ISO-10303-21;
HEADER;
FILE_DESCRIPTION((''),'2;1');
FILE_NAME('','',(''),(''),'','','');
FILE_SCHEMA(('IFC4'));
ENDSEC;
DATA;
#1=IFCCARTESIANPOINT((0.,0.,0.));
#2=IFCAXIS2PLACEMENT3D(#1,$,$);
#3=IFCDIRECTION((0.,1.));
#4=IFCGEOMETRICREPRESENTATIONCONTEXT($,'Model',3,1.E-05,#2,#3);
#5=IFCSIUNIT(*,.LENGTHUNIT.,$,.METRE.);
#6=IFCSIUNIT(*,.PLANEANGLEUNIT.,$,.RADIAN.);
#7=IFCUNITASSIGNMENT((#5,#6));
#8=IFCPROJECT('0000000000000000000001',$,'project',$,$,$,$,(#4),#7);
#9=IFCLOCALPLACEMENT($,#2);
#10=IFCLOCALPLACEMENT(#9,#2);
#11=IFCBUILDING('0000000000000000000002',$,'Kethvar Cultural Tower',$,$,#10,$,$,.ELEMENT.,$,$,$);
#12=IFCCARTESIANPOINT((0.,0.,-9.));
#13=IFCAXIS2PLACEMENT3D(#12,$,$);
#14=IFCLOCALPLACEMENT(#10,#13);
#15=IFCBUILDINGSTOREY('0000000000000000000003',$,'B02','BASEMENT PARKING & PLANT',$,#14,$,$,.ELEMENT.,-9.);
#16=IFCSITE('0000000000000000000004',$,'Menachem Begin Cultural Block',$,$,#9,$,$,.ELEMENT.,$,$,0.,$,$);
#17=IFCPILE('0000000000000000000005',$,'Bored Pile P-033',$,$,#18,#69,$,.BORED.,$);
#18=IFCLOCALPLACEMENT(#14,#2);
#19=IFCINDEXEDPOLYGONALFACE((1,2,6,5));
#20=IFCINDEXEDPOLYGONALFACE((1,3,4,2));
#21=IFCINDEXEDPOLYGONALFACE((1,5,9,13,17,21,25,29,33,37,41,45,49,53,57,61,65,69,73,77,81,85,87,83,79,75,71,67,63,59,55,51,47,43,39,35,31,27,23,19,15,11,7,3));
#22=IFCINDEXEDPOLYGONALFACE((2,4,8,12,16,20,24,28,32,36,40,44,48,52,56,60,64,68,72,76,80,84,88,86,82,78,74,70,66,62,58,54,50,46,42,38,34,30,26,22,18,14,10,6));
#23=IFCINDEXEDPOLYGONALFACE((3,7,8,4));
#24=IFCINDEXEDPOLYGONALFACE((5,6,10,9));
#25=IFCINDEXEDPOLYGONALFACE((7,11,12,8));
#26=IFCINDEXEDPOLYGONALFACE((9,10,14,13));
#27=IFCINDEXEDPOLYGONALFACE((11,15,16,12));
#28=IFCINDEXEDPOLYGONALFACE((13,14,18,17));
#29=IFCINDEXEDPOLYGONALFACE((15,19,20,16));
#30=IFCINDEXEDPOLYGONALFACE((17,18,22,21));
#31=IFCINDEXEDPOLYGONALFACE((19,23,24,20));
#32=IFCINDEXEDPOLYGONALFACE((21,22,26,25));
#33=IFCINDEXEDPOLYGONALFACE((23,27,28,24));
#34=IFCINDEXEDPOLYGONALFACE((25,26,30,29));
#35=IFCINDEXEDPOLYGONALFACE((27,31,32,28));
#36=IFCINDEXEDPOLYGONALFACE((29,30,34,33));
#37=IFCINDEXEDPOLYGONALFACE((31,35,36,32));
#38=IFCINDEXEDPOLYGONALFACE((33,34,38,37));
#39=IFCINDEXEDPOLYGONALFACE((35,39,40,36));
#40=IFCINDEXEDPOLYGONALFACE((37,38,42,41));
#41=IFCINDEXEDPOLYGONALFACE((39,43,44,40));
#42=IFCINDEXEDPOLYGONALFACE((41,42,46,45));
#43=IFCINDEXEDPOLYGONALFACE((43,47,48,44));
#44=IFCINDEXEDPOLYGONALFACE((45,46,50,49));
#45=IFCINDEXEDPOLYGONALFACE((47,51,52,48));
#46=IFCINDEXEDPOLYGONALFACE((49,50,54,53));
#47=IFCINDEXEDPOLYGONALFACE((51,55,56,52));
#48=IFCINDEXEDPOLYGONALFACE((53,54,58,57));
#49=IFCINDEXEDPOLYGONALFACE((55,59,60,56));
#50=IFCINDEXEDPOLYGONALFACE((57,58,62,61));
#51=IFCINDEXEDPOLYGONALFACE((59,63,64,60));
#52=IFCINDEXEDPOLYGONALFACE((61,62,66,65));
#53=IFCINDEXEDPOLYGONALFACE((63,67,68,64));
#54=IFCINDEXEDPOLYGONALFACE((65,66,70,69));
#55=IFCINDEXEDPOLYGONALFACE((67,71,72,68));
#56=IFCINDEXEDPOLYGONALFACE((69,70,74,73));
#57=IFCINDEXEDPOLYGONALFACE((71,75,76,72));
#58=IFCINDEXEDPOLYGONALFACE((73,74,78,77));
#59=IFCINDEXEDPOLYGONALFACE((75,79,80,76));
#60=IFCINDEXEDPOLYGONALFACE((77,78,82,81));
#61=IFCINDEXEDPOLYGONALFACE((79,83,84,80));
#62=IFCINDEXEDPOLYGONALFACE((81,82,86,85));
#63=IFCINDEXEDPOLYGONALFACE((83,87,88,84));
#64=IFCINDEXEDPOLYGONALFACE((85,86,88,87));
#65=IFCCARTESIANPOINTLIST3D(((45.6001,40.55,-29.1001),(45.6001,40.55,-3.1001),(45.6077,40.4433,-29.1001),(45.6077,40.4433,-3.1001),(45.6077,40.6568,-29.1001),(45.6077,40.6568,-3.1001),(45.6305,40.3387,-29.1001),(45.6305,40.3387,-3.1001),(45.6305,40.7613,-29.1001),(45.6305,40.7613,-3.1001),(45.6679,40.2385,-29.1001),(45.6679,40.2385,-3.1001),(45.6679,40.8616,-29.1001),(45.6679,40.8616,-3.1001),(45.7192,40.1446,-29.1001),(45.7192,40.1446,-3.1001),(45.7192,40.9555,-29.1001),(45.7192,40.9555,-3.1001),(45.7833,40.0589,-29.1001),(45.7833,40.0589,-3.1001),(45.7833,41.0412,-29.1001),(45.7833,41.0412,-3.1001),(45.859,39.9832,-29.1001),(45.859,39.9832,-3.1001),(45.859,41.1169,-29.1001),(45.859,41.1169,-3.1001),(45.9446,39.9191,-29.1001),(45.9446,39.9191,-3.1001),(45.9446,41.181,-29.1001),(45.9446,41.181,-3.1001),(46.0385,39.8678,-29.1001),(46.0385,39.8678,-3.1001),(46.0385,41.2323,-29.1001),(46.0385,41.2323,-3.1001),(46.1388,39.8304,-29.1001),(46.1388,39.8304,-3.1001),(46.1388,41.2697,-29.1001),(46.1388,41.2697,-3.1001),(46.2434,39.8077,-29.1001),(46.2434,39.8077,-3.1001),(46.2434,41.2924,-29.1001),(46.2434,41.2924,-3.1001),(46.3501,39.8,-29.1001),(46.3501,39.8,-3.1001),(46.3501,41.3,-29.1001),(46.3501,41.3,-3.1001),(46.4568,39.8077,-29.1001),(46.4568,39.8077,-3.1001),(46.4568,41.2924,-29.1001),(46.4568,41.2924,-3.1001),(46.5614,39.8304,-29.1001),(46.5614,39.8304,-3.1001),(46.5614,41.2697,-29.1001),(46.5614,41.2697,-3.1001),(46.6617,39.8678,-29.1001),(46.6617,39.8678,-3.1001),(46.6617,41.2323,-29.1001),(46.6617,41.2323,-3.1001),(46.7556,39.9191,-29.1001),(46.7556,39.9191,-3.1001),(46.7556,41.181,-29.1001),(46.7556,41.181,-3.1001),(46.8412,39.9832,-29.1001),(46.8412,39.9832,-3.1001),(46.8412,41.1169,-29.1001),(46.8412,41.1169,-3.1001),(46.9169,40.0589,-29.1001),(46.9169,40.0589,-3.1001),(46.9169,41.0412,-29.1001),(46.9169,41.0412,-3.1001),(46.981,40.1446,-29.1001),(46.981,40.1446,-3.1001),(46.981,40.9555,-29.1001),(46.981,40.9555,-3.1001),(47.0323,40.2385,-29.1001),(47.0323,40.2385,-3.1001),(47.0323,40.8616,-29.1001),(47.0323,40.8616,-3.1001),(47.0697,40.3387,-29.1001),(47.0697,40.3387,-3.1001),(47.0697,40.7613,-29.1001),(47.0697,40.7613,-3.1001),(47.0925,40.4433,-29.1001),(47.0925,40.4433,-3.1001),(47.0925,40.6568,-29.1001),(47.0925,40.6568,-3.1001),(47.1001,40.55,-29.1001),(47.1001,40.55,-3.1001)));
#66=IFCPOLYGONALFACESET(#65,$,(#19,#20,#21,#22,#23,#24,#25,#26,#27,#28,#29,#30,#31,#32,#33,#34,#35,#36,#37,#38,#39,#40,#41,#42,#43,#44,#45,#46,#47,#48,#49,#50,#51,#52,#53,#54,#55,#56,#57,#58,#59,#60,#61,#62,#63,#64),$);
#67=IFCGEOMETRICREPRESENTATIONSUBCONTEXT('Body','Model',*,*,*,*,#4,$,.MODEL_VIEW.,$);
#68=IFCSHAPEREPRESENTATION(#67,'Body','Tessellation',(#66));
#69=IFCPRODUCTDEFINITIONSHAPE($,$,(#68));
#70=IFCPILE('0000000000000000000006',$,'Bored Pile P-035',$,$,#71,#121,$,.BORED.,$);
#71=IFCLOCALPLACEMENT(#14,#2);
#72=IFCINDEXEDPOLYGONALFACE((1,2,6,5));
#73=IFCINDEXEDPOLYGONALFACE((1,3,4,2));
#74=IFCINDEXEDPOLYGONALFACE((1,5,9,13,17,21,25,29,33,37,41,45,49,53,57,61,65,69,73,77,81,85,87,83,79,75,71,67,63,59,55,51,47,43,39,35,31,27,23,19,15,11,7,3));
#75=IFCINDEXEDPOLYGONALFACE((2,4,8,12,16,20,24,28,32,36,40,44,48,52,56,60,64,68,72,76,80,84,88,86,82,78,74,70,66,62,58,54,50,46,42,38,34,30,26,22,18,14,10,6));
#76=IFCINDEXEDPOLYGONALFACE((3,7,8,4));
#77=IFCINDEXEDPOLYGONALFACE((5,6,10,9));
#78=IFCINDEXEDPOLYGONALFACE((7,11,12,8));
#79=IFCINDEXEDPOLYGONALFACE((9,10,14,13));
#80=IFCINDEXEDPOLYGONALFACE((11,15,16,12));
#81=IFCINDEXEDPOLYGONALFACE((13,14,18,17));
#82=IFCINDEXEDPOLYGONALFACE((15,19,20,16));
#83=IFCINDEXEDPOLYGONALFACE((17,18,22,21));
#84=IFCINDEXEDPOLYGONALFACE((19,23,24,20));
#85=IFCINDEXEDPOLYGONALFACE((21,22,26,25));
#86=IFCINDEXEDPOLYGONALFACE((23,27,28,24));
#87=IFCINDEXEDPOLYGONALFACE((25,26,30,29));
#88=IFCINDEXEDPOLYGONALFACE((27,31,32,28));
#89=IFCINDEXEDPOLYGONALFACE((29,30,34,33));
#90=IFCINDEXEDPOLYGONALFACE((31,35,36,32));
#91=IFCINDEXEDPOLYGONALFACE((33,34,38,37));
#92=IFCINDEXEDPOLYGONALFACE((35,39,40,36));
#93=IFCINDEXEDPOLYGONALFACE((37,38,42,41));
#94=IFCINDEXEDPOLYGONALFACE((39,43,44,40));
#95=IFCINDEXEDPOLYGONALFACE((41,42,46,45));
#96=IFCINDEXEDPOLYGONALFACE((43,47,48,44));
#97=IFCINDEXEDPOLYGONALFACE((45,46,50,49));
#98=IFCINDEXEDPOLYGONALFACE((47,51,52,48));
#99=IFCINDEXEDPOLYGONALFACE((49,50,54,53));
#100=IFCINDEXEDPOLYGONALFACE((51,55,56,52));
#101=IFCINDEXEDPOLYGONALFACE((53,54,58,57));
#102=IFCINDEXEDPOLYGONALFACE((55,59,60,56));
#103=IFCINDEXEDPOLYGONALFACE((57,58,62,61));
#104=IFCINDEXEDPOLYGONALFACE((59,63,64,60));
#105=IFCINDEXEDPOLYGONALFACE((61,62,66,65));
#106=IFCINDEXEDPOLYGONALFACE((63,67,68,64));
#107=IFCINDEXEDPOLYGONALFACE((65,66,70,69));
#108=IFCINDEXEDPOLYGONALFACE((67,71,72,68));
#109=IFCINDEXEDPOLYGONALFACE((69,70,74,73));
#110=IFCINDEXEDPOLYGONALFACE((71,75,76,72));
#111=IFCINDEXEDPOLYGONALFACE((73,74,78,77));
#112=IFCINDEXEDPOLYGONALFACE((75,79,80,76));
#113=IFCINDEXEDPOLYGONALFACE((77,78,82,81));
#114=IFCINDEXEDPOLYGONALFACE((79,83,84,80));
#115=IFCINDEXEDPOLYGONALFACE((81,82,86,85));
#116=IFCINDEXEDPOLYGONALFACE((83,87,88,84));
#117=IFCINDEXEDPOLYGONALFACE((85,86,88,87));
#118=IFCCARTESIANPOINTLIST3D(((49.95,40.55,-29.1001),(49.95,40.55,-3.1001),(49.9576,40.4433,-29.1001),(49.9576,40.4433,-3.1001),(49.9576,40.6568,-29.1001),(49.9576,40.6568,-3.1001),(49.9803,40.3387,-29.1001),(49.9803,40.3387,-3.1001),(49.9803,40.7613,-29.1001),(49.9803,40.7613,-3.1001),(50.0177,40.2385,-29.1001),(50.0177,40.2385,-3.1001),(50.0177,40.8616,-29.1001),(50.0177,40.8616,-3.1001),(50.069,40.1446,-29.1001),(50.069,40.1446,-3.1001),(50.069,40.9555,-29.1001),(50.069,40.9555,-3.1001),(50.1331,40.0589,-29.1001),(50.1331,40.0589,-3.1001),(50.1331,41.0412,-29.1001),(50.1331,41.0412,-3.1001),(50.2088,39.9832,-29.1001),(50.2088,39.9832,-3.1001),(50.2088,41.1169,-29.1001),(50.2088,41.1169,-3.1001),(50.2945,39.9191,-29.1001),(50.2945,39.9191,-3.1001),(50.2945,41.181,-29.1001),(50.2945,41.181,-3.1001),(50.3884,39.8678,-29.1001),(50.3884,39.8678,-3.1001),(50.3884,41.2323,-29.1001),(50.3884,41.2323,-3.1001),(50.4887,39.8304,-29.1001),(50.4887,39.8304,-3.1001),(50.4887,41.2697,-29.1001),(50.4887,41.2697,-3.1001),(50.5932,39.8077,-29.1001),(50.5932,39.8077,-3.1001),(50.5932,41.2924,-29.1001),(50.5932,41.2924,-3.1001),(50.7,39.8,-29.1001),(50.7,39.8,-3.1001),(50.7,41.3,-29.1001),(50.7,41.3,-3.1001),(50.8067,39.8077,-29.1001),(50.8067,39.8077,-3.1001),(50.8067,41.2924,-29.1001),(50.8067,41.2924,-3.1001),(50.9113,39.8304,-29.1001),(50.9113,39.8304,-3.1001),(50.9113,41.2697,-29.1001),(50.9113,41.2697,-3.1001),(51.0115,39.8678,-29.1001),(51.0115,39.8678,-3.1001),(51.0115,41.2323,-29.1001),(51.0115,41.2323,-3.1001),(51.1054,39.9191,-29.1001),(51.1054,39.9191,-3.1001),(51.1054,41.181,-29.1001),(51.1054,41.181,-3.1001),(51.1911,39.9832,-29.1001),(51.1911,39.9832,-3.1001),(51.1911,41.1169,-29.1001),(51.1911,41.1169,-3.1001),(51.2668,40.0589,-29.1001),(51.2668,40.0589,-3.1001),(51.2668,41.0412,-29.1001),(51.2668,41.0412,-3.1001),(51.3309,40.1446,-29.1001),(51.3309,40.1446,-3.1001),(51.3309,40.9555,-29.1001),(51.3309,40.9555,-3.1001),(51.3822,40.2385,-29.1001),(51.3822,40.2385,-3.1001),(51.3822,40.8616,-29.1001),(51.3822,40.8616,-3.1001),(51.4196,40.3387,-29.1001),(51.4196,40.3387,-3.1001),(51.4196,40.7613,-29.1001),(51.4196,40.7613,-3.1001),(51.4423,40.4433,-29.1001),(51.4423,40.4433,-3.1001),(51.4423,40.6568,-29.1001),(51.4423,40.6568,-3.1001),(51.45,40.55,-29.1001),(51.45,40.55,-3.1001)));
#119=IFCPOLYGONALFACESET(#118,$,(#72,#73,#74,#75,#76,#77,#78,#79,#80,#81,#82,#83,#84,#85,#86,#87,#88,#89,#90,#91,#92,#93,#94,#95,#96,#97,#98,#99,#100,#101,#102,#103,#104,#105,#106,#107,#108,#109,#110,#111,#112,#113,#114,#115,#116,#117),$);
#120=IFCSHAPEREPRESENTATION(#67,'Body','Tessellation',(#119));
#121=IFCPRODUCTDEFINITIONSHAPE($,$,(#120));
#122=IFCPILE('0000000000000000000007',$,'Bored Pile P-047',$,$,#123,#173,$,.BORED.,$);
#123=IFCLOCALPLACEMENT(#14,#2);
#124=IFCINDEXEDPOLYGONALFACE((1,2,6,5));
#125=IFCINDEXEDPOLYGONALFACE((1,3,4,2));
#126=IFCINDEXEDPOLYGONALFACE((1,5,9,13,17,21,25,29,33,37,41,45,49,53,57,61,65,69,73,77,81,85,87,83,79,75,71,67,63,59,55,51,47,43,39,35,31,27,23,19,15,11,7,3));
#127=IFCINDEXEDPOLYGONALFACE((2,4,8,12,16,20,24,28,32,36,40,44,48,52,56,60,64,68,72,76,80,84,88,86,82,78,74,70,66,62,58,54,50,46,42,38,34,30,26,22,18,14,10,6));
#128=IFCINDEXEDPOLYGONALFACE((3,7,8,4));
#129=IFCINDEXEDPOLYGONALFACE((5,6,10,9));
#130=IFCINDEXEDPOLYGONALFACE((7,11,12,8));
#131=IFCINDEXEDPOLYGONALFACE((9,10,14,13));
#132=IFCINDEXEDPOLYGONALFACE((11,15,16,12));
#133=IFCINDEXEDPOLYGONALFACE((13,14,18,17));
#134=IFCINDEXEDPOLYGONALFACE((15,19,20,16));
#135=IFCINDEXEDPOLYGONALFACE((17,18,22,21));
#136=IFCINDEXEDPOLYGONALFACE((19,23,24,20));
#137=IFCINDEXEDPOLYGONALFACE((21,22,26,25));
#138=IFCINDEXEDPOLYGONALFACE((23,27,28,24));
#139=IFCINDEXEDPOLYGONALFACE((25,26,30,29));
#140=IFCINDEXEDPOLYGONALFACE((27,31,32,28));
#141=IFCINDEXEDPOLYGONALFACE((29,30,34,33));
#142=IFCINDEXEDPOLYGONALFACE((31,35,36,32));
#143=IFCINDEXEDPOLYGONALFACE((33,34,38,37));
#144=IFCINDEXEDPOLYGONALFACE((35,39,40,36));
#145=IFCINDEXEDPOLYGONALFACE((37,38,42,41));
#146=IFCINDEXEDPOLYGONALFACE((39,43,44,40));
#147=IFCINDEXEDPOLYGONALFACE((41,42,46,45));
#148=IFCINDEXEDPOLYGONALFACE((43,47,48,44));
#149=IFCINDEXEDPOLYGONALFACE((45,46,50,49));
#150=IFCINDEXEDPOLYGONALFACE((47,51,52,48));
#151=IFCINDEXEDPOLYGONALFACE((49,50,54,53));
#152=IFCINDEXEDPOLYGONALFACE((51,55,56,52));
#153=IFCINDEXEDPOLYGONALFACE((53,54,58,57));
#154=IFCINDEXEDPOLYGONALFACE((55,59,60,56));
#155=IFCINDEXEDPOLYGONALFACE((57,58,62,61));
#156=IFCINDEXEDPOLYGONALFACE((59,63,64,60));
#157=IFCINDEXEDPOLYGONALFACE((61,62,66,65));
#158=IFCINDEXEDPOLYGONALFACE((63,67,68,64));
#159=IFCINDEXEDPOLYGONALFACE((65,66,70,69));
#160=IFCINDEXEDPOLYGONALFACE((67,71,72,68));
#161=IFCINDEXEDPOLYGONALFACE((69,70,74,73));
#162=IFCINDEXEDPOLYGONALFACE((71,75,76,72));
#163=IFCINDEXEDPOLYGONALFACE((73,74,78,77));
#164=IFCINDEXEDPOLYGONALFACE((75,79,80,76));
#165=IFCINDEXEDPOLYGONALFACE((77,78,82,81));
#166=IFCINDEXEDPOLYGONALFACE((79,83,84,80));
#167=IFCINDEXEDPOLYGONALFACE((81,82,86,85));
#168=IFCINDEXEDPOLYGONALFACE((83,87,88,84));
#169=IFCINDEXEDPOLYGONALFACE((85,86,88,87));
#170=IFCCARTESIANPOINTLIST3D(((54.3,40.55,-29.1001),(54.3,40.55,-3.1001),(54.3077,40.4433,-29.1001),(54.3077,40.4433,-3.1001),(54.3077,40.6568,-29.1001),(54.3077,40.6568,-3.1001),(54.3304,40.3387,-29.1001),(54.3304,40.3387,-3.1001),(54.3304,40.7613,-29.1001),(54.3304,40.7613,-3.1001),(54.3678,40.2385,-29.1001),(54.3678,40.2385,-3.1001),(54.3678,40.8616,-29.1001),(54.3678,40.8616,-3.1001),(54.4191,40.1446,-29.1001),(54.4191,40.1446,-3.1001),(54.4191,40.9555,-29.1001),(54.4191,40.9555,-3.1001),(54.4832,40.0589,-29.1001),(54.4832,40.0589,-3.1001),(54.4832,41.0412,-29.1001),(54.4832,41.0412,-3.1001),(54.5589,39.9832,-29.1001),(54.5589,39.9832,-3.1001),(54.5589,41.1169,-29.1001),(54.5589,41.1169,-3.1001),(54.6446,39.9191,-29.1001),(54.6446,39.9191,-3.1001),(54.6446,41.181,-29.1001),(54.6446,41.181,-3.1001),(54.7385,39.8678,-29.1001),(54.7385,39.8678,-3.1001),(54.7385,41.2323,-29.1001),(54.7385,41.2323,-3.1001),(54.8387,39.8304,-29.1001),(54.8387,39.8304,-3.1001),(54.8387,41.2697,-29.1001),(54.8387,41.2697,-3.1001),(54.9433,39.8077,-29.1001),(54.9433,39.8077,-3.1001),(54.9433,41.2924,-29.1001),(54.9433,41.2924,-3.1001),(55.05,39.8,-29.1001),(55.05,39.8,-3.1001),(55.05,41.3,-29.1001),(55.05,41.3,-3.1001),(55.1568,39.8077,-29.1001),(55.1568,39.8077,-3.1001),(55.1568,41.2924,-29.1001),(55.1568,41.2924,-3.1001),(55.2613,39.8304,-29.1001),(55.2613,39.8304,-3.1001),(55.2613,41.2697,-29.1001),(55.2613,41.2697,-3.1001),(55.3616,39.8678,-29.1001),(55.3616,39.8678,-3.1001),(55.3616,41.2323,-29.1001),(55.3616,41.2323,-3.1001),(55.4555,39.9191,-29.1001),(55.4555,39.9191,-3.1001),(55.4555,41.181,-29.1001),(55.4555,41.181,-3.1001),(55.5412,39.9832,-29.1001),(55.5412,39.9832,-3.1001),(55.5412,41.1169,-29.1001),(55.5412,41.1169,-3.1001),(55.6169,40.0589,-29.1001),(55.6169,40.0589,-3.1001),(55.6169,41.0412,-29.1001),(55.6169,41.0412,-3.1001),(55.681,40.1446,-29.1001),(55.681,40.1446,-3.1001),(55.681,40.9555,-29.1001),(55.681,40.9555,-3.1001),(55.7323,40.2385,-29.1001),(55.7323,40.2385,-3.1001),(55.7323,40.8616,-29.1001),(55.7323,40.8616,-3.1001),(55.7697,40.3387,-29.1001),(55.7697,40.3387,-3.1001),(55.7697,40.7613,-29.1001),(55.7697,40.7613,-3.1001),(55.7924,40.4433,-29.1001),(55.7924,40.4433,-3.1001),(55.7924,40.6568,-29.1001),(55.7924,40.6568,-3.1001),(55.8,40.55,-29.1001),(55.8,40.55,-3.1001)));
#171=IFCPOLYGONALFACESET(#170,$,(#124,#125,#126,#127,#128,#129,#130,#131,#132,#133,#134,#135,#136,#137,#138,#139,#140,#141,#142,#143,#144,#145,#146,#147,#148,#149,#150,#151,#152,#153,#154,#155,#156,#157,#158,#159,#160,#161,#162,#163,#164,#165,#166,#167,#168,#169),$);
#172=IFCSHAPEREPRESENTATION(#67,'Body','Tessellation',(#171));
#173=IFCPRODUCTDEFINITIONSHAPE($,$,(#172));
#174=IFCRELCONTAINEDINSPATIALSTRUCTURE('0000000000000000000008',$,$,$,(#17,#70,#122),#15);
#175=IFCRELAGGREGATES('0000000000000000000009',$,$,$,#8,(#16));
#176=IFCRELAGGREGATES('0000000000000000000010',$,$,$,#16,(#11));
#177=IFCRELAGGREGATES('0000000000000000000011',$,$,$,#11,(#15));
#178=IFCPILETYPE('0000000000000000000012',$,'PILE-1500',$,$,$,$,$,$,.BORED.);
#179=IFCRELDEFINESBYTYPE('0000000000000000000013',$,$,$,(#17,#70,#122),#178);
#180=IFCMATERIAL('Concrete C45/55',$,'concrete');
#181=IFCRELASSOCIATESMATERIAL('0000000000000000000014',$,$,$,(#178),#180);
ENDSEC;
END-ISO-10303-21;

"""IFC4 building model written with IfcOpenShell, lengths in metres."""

from ifc_helpers import new_model, si_unit, direction, frame, origin, origin_2d, place, context, subcontext, project, spatial, circle, extrude, source, transform, mapped, material, material_profile, profile_set, type_object, element, save


model = new_model("IFC4")

# Units and contexts
model_context = context("Model", 3, precision=1e-05, world=origin(), true_north=direction((0.0, 1.0)))
body_context = subcontext(model_context, "Body", "Model", "MODEL_VIEW")
ifc_project = project(units=[si_unit("LENGTHUNIT", "METRE"), si_unit("PLANEANGLEUNIT", "RADIAN")], contexts=[model_context])

# Site, building, storey
site_placement = place(None, origin())
site = spatial("IfcSite", under=ifc_project, at=site_placement, Name="Menachem Begin Cultural Block", CompositionType="ELEMENT", RefElevation=0.0)
building_placement = place(site_placement, origin())
building = spatial("IfcBuilding", under=site, at=building_placement, Name="Kethvar Cultural Tower", CompositionType="ELEMENT")
storey_placement = place(building_placement, frame((0.0, 0.0, -9.0)))
storey = spatial("IfcBuildingStorey", under=building, at=storey_placement, Name="B02", Description="BASEMENT PARKING & PLANT", CompositionType="ELEMENT", Elevation=-9.0)

# Piles
ifc_material_1 = material(Name="Concrete C45/55", Category="concrete")
ifc_material_profile_1 = material_profile(ifc_material_1, circle(Radius=0.75, at=origin_2d()), Name="Concrete C45/55 — PILE1500")
ifc_profile_set_1 = profile_set([ifc_material_profile_1], Name="Concrete C45/55 — PILE1500")
pile_type = type_object("IfcPileType", Name="PILE-1500", PredefinedType="BORED", material=ifc_profile_set_1)
shared_shape_1 = source(origin(), body_context, "Body", "SweptSolid", [
    extrude(circle(Radius=0.75, at=origin_2d()), origin(), (0.0, 0.0, 1.0), 26.0),
])
for number, where, z_axis, x_axis, name in (
    (1, (46.3501, 40.55, -3.1001), (0.0, 0.0, -1.0), (1.0, 0.0, 0.0), "Bored Pile P-033"),
    (2, (50.7, 40.55, -3.1001), (0.0, 0.0, -1.0), (1.0, 0.0, 0.0), "Bored Pile P-035"),
    (3, (55.05, 40.55, -3.1001), (0.0, 0.0, -1.0), (1.0, 0.0, 0.0), "Bored Pile P-047"),
):
    element("IfcPile", number, at=place(storey_placement, frame(where, z_axis=z_axis, x_axis=x_axis)), inside=storey, type_object=pile_type, Name=name, PredefinedType="BORED", context=body_context, shape_type="MappedRepresentation", body=[
        mapped(shared_shape_1, transform((0.0, 0.0, 0.0), scale=1.0)),
    ])

save(model, "model.ifc")
